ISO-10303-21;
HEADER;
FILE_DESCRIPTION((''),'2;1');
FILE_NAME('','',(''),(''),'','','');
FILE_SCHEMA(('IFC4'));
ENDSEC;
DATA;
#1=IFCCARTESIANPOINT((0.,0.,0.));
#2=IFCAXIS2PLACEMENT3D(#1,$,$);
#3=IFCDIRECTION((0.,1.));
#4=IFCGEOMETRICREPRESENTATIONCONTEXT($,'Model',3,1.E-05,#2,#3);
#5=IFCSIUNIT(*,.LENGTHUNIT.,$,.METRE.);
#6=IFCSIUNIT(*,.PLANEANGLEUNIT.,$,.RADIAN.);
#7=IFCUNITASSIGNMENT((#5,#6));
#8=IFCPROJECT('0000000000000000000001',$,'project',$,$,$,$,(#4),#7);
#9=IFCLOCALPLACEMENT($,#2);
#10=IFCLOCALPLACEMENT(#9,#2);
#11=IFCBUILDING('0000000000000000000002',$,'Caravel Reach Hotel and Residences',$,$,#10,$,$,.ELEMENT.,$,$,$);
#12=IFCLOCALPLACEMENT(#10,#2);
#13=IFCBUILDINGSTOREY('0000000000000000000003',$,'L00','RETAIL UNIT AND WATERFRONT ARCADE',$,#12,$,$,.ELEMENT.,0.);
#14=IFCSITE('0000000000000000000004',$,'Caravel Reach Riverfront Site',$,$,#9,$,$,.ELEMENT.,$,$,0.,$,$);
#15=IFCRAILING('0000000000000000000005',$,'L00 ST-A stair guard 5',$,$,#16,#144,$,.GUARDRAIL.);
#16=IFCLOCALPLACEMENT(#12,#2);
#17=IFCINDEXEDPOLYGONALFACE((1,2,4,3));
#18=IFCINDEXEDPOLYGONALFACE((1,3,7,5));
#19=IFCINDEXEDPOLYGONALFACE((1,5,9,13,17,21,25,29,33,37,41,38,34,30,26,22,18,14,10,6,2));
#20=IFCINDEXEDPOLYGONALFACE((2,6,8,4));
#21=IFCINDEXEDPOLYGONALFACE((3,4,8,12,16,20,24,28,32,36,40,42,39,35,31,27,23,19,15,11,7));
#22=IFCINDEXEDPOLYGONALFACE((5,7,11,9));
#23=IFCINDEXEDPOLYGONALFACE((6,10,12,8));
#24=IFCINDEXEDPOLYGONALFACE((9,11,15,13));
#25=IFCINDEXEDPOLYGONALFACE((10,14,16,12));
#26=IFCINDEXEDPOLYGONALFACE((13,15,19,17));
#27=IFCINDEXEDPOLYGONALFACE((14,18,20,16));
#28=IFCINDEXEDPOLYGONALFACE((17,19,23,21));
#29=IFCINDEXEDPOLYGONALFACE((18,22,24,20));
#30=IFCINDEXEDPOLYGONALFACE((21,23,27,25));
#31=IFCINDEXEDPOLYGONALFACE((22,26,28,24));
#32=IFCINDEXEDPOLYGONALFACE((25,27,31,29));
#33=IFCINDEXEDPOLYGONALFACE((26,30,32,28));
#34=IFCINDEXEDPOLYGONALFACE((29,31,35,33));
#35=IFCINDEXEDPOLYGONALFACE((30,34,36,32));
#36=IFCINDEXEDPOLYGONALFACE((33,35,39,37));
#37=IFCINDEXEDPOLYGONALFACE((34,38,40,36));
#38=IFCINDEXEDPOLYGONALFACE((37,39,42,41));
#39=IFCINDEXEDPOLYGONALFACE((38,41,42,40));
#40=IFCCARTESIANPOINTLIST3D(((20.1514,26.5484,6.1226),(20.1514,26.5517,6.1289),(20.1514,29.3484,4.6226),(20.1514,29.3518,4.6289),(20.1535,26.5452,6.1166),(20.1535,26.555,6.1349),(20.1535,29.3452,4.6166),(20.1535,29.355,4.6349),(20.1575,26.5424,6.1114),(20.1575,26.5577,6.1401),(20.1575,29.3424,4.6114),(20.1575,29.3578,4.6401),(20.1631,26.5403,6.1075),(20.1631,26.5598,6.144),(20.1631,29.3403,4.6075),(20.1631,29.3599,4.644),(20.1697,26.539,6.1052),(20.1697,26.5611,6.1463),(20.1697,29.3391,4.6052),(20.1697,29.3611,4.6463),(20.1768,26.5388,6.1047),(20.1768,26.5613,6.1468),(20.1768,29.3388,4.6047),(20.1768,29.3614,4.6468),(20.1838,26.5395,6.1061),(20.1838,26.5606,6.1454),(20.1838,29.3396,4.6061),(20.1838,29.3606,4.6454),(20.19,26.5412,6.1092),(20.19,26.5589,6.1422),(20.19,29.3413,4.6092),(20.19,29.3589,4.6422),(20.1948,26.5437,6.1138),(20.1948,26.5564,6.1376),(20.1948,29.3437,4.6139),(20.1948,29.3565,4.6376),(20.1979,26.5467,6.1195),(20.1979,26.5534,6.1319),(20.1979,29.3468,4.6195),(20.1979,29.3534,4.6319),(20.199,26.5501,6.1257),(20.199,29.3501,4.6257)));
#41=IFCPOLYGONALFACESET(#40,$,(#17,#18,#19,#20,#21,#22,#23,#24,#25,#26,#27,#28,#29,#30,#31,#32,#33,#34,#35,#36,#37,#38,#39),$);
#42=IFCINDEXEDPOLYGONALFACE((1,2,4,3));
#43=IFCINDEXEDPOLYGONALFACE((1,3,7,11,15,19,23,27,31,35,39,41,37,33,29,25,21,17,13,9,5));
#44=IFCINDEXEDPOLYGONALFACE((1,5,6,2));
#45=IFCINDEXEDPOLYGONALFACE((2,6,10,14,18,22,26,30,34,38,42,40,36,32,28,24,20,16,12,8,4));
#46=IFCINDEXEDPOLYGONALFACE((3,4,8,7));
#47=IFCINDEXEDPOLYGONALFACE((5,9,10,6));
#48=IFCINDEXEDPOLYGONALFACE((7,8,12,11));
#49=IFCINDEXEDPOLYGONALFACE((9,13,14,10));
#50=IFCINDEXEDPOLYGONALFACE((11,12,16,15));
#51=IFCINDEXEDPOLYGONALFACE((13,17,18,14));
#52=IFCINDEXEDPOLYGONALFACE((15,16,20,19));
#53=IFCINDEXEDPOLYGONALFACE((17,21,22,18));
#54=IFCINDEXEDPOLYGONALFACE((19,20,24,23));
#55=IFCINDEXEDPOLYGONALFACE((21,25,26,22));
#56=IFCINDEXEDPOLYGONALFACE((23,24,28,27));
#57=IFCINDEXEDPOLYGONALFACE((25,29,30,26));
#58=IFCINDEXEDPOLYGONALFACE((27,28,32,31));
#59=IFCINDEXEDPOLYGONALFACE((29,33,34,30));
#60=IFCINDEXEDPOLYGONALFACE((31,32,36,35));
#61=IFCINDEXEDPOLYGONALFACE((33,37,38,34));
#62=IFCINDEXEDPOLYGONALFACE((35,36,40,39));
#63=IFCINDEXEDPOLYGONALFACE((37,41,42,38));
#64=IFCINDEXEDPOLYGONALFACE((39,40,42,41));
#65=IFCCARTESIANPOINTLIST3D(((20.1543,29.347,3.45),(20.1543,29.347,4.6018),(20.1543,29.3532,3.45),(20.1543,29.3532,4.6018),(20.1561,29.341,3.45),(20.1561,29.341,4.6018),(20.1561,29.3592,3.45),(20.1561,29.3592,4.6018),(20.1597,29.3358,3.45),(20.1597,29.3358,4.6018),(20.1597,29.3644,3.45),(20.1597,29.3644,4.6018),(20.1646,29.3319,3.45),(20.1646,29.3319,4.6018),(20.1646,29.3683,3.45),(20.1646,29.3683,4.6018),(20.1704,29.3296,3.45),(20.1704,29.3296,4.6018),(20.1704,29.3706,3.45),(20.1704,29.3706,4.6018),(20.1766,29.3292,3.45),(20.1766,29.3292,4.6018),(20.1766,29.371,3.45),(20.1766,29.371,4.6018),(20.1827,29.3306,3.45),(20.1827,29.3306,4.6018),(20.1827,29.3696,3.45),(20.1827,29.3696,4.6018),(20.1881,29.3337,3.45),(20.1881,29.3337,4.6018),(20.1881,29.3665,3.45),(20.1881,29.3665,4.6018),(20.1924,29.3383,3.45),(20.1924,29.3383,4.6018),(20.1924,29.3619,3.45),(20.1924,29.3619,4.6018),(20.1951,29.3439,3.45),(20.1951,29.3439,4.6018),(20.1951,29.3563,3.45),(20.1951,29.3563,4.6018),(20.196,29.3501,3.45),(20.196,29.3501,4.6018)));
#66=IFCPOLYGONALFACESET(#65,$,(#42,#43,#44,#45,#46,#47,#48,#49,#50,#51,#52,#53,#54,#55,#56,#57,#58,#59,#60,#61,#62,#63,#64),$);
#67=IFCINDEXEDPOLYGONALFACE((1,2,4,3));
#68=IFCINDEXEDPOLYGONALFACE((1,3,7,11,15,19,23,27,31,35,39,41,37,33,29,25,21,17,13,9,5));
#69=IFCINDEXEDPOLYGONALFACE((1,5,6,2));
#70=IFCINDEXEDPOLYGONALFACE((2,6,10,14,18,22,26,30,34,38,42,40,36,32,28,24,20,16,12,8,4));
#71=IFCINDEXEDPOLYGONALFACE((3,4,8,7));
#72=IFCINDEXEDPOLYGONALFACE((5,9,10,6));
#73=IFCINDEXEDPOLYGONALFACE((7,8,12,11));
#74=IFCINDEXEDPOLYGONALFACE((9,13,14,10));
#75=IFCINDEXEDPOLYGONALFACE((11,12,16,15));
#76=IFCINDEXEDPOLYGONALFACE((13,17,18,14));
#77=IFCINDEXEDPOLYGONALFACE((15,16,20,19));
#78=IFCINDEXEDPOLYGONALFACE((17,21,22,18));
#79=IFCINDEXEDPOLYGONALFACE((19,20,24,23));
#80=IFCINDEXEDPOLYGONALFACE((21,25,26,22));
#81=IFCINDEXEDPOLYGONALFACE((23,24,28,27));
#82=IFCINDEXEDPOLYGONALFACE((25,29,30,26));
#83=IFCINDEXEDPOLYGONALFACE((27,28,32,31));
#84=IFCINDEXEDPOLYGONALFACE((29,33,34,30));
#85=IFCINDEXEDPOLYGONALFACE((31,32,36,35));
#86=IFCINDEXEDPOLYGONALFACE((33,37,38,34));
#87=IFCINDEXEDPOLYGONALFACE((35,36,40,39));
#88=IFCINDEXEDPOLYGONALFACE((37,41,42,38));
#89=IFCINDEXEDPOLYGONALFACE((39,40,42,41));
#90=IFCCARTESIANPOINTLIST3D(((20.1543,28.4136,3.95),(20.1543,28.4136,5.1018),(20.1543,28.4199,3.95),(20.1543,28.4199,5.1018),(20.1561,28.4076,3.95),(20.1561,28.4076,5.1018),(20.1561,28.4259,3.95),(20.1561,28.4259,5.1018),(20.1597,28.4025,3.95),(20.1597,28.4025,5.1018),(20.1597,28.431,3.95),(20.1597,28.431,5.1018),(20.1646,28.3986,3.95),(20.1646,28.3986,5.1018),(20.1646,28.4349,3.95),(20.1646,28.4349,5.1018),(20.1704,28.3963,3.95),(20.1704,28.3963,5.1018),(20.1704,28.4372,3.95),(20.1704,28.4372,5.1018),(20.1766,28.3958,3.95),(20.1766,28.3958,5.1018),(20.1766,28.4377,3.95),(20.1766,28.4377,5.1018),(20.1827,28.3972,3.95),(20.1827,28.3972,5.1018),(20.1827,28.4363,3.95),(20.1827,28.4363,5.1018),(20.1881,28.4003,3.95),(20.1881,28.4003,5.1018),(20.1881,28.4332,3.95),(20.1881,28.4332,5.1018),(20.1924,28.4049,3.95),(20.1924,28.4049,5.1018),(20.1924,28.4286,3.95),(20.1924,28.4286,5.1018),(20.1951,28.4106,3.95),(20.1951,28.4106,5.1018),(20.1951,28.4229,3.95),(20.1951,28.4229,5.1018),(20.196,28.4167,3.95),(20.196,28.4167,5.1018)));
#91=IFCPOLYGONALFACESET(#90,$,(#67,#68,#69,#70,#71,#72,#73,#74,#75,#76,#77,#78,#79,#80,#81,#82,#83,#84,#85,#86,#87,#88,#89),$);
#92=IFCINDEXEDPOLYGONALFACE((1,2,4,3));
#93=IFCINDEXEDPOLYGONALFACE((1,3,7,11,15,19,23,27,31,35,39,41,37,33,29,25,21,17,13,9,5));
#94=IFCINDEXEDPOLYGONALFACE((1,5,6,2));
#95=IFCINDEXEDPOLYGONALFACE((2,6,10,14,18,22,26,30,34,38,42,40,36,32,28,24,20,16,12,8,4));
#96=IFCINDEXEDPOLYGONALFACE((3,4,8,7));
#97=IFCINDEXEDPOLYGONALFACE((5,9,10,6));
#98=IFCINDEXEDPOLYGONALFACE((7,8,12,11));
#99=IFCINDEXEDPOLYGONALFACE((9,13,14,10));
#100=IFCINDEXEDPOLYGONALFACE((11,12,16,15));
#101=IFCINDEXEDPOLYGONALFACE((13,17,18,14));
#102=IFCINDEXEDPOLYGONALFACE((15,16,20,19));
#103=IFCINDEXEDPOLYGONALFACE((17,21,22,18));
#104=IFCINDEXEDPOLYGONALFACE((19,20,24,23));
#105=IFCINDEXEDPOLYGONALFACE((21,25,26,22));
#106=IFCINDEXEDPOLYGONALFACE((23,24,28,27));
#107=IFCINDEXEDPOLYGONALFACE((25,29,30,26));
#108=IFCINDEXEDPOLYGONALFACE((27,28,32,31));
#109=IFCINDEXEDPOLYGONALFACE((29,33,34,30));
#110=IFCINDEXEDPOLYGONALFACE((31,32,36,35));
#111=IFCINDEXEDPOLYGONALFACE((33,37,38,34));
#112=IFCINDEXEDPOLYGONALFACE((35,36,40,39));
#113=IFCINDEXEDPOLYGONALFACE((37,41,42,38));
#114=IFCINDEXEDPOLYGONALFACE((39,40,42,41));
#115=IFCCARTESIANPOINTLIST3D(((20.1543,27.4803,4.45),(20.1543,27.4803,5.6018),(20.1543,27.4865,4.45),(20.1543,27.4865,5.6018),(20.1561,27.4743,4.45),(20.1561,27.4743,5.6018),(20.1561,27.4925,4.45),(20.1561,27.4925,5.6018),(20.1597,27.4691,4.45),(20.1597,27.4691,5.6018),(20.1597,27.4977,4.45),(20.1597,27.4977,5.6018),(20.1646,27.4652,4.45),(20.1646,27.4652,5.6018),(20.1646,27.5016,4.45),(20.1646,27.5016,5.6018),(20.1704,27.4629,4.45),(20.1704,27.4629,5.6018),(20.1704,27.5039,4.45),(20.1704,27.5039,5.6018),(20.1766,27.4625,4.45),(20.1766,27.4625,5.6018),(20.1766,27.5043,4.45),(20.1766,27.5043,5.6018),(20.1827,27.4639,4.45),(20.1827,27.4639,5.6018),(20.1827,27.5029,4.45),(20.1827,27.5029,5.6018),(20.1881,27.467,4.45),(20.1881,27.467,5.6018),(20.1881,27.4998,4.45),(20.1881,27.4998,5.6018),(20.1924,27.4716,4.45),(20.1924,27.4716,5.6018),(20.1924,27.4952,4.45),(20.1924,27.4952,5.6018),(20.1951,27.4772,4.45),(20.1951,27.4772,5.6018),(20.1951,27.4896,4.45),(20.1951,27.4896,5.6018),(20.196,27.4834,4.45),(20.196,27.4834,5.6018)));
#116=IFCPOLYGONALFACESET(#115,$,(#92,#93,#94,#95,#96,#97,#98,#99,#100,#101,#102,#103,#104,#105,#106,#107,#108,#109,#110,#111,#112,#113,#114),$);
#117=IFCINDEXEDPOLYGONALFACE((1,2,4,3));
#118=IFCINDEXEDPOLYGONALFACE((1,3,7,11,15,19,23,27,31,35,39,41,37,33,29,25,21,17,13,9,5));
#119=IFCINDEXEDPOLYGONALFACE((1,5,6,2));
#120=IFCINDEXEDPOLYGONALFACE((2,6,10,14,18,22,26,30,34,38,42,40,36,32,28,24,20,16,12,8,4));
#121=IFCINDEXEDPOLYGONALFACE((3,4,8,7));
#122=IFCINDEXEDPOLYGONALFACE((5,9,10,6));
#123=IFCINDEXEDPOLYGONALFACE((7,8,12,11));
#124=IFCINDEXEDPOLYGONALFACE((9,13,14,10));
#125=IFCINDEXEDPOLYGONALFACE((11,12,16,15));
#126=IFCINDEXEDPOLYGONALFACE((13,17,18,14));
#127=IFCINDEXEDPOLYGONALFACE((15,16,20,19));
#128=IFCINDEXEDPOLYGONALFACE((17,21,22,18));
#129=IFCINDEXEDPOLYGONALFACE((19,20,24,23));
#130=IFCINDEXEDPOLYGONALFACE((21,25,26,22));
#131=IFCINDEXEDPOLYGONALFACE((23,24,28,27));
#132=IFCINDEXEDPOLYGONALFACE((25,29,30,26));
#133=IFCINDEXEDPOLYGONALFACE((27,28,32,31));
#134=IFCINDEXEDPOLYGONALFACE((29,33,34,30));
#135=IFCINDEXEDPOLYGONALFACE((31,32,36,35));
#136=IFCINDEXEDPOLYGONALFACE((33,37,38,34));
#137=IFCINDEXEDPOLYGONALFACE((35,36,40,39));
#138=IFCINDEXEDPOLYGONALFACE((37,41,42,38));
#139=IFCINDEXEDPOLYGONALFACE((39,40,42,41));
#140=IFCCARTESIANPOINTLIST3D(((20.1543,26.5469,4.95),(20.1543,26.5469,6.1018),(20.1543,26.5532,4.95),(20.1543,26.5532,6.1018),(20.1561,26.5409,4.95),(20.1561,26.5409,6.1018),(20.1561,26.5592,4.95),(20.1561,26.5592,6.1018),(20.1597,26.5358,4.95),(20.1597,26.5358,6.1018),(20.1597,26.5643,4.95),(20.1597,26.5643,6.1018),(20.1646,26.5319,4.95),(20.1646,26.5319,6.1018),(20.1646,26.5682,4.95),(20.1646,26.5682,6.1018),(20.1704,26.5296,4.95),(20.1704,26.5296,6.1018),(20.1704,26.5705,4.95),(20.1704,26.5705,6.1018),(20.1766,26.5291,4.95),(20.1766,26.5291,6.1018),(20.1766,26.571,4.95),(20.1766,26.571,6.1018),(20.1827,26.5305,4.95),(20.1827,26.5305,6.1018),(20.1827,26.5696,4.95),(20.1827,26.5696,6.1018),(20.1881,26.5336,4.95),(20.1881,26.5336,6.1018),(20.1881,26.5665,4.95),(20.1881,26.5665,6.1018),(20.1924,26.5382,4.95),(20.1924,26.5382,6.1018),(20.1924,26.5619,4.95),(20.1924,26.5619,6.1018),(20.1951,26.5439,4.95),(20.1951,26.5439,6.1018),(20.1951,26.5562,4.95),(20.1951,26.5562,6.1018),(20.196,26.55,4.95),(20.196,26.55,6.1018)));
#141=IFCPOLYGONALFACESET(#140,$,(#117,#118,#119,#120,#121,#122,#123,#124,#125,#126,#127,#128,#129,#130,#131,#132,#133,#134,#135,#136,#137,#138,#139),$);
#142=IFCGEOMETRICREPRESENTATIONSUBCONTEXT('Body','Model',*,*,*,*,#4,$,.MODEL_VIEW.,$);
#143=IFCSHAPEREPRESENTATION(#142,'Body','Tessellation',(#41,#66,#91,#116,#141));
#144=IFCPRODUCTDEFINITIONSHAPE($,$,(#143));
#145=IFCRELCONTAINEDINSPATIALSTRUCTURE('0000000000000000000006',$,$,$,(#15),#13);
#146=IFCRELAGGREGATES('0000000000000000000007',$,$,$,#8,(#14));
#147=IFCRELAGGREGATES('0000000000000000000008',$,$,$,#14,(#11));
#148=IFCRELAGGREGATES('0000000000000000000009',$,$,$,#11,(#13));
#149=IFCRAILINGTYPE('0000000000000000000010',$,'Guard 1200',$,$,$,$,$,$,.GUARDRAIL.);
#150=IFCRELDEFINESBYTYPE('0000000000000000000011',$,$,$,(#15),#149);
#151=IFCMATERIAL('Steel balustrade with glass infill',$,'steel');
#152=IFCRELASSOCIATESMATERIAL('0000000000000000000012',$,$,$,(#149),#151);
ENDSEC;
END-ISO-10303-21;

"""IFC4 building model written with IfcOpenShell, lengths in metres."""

from ifc_helpers import new_model, si_unit, direction, frame, origin, origin_2d, place, context, subcontext, project, spatial, circle, extrude, material, type_object, element, save


model = new_model("IFC4")

# Units and contexts
model_context = context("Model", 3, precision=1e-05, world=origin(), true_north=direction((0.0, 1.0)))
body_context = subcontext(model_context, "Body", "Model", "MODEL_VIEW")
ifc_project = project(units=[si_unit("LENGTHUNIT", "METRE"), si_unit("PLANEANGLEUNIT", "RADIAN")], contexts=[model_context])

# Site, building, storey
site_placement = place(None, origin())
site = spatial("IfcSite", under=ifc_project, at=site_placement, Name="Caravel Reach Riverfront Site", CompositionType="ELEMENT", RefElevation=0.0)
building_placement = place(site_placement, origin())
building = spatial("IfcBuilding", under=site, at=building_placement, Name="Caravel Reach Hotel and Residences", CompositionType="ELEMENT")
storey_placement = place(building_placement, origin())
storey = spatial("IfcBuildingStorey", under=building, at=storey_placement, Name="L00", Description="RETAIL UNIT AND WATERFRONT ARCADE", CompositionType="ELEMENT", Elevation=0.0)

# Railing
ifc_material_1 = material(Name="Steel balustrade with glass infill", Category="steel")
railing_type_1 = type_object("IfcRailingType", Name="Guard 1200", PredefinedType="GUARDRAIL", material=ifc_material_1)
railing_1_placement = place(storey_placement, frame((20.175, 29.3501, 3.45)))
element("IfcRailing", 1, at=railing_1_placement, inside=storey, type_object=railing_type_1, Name="L00 ST-A stair guard 5", PredefinedType="GUARDRAIL", context=body_context, shape_type="SweptSolid", body=[
    extrude(circle(Radius=0.0239, at=origin_2d()), frame((0.0, 0.0, 1.1758), z_axis=(0.0, -0.881483, 0.472215), x_axis=(1.0, 0.0, 0.0)), (0.0, 0.0, 1.0), 3.1765),
    extrude(circle(Radius=0.021, at=origin_2d()), origin(), (0.0, 0.0, 1.0), 1.1519),
    extrude(circle(Radius=0.021, at=origin_2d()), frame((0.0, -0.9333, 0.5)), (0.0, 0.0, 1.0), 1.1519),
    extrude(circle(Radius=0.021, at=origin_2d()), frame((0.0, -1.8667, 1.0)), (0.0, 0.0, 1.0), 1.1519),
    extrude(circle(Radius=0.021, at=origin_2d()), frame((0.0, -2.8, 1.5)), (0.0, 0.0, 1.0), 1.1519),
])

save(model, "model.ifc")
